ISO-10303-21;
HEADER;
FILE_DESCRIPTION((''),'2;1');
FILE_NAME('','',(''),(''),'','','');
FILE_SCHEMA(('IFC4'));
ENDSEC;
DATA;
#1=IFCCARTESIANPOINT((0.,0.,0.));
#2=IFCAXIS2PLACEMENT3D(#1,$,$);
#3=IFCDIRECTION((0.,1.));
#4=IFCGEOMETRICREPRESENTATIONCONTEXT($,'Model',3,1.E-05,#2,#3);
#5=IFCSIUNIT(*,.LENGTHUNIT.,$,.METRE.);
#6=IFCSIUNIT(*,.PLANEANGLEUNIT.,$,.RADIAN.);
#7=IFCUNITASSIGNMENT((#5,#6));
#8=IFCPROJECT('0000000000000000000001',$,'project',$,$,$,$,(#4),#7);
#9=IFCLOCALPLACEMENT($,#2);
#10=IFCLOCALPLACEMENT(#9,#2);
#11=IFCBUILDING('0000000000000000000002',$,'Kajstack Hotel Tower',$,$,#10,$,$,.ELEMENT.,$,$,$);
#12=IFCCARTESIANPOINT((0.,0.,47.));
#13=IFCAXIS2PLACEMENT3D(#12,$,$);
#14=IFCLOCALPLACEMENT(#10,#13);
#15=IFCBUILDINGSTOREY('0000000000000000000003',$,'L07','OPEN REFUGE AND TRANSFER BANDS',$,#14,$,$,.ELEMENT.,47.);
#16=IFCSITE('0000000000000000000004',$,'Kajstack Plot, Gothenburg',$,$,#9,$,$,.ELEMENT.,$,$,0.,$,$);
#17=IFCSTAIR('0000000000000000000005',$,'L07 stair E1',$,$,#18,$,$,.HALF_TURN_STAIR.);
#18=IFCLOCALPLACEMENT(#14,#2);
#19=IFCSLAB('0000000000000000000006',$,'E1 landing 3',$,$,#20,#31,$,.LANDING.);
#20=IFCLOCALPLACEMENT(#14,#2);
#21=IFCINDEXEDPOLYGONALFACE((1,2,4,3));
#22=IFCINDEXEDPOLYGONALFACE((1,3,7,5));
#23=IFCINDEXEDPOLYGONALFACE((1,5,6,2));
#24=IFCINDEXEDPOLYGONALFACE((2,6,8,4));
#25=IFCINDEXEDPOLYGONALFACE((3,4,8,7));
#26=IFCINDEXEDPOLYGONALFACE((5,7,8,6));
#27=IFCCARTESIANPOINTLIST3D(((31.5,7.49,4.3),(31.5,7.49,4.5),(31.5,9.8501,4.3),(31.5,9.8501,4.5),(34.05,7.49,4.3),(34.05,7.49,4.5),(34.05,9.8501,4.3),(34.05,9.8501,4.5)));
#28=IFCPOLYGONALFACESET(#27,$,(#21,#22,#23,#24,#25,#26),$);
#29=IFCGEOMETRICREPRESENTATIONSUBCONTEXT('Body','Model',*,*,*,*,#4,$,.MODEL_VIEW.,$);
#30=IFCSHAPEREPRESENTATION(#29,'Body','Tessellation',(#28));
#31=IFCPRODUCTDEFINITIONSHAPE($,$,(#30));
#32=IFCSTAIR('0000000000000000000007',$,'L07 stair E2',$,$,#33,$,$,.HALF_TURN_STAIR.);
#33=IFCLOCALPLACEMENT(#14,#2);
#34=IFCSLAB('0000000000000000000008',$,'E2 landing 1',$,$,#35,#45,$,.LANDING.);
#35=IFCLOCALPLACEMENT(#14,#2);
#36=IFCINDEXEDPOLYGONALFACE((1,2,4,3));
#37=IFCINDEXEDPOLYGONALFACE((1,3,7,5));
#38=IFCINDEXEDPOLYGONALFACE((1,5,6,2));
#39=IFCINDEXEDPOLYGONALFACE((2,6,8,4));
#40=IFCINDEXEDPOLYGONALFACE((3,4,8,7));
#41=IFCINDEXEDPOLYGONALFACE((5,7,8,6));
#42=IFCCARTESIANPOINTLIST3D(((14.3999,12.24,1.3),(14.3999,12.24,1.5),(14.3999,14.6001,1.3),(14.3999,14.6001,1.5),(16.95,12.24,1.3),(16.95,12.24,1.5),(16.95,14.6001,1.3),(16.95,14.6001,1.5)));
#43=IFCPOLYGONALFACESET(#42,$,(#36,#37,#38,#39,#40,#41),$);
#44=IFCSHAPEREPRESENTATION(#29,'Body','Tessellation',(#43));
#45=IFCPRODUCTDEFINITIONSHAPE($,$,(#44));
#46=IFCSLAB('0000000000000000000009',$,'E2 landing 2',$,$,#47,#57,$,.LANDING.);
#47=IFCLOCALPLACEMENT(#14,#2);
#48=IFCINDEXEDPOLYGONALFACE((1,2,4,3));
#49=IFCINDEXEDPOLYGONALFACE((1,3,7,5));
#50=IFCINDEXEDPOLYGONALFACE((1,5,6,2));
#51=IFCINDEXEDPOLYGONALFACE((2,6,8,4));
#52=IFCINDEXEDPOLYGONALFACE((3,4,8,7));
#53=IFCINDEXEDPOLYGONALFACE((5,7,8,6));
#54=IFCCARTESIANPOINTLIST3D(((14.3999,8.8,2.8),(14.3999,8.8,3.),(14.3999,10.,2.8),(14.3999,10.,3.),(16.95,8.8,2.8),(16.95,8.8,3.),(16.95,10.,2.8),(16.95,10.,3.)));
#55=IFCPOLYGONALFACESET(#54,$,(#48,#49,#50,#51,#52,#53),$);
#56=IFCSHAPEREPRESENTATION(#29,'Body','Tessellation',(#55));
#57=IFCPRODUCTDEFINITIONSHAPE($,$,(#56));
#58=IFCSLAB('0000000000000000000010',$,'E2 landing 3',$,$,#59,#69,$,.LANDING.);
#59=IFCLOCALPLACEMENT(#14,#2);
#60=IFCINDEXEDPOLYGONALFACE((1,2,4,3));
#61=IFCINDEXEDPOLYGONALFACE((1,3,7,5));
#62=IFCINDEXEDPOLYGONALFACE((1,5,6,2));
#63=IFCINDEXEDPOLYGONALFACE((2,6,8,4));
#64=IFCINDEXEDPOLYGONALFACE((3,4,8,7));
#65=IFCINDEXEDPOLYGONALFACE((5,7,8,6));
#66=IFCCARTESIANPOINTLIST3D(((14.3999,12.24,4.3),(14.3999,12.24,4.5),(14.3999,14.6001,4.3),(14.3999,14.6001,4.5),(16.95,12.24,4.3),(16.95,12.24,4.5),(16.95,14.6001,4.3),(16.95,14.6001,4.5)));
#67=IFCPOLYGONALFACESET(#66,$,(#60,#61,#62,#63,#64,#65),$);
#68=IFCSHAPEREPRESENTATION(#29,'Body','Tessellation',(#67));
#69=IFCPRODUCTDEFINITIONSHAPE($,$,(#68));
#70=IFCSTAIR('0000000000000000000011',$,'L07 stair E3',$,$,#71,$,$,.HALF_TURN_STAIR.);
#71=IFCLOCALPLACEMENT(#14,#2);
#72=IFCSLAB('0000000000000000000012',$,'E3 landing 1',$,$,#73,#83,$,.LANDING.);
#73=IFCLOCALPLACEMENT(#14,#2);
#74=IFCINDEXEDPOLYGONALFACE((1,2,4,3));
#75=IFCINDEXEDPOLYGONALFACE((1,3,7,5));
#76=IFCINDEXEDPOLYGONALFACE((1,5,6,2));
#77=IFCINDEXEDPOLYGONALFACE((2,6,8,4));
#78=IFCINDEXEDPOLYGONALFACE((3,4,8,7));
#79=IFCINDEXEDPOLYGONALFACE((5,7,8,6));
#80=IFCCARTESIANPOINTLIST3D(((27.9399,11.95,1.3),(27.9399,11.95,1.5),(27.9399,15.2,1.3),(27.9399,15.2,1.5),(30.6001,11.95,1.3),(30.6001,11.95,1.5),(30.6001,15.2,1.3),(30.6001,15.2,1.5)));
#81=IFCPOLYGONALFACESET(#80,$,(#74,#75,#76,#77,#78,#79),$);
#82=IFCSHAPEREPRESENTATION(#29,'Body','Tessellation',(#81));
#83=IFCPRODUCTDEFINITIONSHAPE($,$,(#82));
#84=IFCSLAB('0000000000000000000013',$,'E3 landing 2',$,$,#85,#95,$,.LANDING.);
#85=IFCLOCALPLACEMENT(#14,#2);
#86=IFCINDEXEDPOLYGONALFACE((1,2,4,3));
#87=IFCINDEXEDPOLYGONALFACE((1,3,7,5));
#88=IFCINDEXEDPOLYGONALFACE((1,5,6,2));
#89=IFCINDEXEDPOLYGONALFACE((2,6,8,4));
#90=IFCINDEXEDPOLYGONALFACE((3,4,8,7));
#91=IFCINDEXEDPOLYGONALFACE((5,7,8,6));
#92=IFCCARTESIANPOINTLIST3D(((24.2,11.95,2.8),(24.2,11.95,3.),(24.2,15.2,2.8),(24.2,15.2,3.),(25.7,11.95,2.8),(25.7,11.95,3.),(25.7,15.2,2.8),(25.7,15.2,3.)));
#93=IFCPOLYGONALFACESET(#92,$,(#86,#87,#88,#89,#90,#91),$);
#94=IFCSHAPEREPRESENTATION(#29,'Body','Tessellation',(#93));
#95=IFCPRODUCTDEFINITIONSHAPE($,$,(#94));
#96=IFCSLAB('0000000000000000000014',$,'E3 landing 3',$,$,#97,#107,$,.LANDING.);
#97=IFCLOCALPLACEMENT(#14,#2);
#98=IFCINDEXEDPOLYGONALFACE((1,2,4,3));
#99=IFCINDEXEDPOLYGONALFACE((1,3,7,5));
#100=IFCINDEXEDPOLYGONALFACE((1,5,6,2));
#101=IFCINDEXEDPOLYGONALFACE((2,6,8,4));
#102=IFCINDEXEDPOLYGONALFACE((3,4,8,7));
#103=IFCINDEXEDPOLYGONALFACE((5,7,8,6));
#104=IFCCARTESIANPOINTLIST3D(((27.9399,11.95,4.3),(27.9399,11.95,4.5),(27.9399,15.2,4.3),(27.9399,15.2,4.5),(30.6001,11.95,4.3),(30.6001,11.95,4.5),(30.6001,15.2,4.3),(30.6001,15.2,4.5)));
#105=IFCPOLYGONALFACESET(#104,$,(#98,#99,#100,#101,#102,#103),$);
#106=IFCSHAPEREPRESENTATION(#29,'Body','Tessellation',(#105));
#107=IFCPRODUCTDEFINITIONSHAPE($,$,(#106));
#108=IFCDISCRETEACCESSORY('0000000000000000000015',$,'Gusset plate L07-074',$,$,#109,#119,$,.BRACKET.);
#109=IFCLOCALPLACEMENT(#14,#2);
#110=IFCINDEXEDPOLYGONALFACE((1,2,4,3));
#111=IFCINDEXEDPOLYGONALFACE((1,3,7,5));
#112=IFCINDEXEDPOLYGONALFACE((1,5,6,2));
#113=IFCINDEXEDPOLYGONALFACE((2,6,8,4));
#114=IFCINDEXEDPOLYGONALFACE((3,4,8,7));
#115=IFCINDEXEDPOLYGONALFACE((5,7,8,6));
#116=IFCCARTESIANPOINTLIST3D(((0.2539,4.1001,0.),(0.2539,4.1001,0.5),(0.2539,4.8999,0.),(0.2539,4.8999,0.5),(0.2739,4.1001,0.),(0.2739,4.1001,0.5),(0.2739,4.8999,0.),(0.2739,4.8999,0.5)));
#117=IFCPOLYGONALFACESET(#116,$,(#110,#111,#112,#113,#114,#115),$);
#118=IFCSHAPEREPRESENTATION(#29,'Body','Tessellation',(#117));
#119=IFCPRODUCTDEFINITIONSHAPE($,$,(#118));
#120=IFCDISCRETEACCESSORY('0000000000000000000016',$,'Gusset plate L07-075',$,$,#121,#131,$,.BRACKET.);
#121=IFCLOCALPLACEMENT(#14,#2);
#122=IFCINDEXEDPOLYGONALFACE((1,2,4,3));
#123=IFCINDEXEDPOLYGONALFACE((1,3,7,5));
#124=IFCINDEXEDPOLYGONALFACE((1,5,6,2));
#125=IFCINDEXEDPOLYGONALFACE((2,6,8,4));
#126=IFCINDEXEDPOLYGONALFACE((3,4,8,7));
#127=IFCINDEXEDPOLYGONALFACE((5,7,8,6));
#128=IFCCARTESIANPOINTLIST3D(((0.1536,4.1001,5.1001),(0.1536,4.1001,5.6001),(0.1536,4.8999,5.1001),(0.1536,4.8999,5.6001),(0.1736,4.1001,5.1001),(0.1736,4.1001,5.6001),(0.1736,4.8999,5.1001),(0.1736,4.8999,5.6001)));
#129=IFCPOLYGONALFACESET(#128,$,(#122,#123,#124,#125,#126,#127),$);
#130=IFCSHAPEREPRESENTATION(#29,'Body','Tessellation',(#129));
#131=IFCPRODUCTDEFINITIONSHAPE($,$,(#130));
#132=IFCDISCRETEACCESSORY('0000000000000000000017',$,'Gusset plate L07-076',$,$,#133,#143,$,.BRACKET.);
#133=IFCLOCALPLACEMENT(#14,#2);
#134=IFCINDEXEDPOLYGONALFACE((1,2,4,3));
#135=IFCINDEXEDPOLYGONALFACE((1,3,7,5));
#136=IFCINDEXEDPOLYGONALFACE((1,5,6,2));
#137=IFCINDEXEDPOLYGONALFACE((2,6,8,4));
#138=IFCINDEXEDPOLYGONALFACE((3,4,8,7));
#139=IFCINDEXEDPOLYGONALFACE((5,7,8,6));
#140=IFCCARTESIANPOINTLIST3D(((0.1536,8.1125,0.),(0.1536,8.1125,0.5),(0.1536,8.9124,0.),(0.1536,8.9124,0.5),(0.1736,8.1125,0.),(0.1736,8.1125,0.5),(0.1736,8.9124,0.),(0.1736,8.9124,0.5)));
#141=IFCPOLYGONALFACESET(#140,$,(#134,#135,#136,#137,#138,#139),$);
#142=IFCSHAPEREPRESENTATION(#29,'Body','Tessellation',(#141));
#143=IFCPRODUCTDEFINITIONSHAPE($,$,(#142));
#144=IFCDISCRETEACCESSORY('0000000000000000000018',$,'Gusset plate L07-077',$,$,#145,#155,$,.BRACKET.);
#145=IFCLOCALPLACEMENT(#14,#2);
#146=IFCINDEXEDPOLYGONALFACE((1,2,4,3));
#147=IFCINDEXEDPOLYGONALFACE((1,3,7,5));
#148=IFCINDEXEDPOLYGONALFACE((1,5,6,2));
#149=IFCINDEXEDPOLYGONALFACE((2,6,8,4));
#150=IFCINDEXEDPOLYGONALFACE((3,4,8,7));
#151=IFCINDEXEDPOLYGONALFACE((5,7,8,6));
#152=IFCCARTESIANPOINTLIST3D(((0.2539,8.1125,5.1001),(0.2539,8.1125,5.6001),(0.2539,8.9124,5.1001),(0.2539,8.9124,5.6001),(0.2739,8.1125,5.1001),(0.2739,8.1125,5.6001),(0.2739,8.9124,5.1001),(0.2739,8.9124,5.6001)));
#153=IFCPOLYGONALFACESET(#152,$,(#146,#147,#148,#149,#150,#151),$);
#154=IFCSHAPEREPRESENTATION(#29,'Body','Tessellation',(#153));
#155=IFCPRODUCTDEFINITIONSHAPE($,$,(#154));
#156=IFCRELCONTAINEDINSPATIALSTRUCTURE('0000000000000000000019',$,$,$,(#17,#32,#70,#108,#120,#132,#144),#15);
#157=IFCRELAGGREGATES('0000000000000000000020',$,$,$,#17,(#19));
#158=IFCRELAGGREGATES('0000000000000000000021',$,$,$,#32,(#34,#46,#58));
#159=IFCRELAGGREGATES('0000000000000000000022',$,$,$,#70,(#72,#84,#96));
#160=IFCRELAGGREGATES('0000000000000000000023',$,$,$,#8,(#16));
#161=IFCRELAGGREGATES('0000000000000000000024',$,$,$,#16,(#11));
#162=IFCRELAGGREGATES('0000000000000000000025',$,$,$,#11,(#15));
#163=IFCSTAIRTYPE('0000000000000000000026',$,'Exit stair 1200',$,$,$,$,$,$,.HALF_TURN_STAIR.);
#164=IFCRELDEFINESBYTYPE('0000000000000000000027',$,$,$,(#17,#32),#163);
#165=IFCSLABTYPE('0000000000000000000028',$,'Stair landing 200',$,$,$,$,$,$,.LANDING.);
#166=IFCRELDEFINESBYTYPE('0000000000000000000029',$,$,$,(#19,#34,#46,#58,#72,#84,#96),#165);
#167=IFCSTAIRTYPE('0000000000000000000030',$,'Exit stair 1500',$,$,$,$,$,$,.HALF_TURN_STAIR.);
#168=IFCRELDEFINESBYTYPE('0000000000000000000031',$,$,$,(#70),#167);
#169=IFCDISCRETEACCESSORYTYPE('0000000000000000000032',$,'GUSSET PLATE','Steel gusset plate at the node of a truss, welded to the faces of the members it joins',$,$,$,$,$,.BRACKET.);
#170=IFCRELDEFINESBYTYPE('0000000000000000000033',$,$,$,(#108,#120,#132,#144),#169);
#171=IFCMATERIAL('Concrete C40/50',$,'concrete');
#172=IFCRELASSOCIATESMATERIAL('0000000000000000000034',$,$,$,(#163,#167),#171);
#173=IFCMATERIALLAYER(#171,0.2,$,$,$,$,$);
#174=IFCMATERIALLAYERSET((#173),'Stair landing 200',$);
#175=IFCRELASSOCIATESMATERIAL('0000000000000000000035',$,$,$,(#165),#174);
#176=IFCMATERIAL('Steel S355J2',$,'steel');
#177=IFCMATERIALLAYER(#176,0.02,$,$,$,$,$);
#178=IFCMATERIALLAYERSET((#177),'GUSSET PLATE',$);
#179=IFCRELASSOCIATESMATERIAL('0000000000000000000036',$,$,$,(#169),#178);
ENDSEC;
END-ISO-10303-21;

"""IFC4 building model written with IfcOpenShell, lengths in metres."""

from ifc_helpers import new_model, si_unit, direction, frame, origin, place, context, subcontext, project, spatial, polyline, outline, extrude, material, layer, layer_set, type_object, element, aggregate, save


model = new_model("IFC4")

# Units and contexts
model_context = context("Model", 3, precision=1e-05, world=origin(), true_north=direction((0.0, 1.0)))
body_context = subcontext(model_context, "Body", "Model", "MODEL_VIEW")
ifc_project = project(units=[si_unit("LENGTHUNIT", "METRE"), si_unit("PLANEANGLEUNIT", "RADIAN")], contexts=[model_context])

# Site, building, storey
site_placement = place(None, origin())
site = spatial("IfcSite", under=ifc_project, at=site_placement, Name="Kajstack Plot, Gothenburg", CompositionType="ELEMENT", RefElevation=0.0)
building_placement = place(site_placement, origin())
building = spatial("IfcBuilding", under=site, at=building_placement, Name="Kajstack Hotel Tower", CompositionType="ELEMENT")
storey_placement = place(building_placement, frame((0.0, 0.0, 47.0)))
storey = spatial("IfcBuildingStorey", under=building, at=storey_placement, Name="L07", Description="OPEN REFUGE AND TRANSFER BANDS", CompositionType="ELEMENT", Elevation=47.0)

# Shared definitions
ifc_material_1 = material(Name="Steel S355J2", Category="steel")

# Stairs, slabs
ifc_material_2 = material(Name="Concrete C40/50", Category="concrete")
stair_type_1 = type_object("IfcStairType", Name="Exit stair 1200", PredefinedType="HALF_TURN_STAIR", material=ifc_material_2)
ifc_layer_1 = layer(ifc_material_2, 0.2)
ifc_layer_set_1 = layer_set([ifc_layer_1], Name="Stair landing 200")
slab_type = type_object("IfcSlabType", Name="Stair landing 200", PredefinedType="LANDING", material=ifc_layer_set_1)
stair_type_2 = type_object("IfcStairType", Name="Exit stair 1500", PredefinedType="HALF_TURN_STAIR", material=ifc_material_2)
stair_1_placement = place(storey_placement, origin())
stair_1 = element("IfcStair", 1, at=stair_1_placement, inside=storey, type_object=stair_type_1, Name="L07 stair E1", PredefinedType="HALF_TURN_STAIR")
slab_1_placement = place(storey_placement, frame((0.0, 0.0, 4.3)))
slab_1 = element("IfcSlab", 2, at=slab_1_placement, type_object=slab_type, Name="E1 landing 3", PredefinedType="LANDING", context=body_context, shape_type="SweptSolid", body=[
    extrude(outline(polyline([(34.05, 7.49), (34.05, 9.8501), (31.5, 9.8501), (31.5, 7.49), (34.05, 7.49)])), origin(), (0.0, 0.0, 1.0), 0.2),
])
aggregate(stair_1, [slab_1])
stair_2_placement = place(storey_placement, origin())
stair_2 = element("IfcStair", 3, at=stair_2_placement, inside=storey, type_object=stair_type_1, Name="L07 stair E2", PredefinedType="HALF_TURN_STAIR")
slab_2_placement = place(storey_placement, frame((0.0, 0.0, 1.3)))
slab_2 = element("IfcSlab", 4, at=slab_2_placement, type_object=slab_type, Name="E2 landing 1", PredefinedType="LANDING", context=body_context, shape_type="SweptSolid", body=[
    extrude(outline(polyline([(16.95, 12.24), (16.95, 14.6001), (14.3999, 14.6001), (14.3999, 12.24), (16.95, 12.24)])), origin(), (0.0, 0.0, 1.0), 0.2),
])
slab_3_placement = place(storey_placement, frame((0.0, 0.0, 2.8)))
slab_3 = element("IfcSlab", 5, at=slab_3_placement, type_object=slab_type, Name="E2 landing 2", PredefinedType="LANDING", context=body_context, shape_type="SweptSolid", body=[
    extrude(outline(polyline([(16.95, 8.8), (16.95, 10.0), (14.3999, 10.0), (14.3999, 8.8), (16.95, 8.8)])), origin(), (0.0, 0.0, 1.0), 0.2),
])
slab_4_placement = place(storey_placement, frame((0.0, 0.0, 4.3)))
slab_4 = element("IfcSlab", 6, at=slab_4_placement, type_object=slab_type, Name="E2 landing 3", PredefinedType="LANDING", context=body_context, shape_type="SweptSolid", body=[
    extrude(outline(polyline([(16.95, 12.24), (16.95, 14.6001), (14.3999, 14.6001), (14.3999, 12.24), (16.95, 12.24)])), origin(), (0.0, 0.0, 1.0), 0.2),
])
aggregate(stair_2, [slab_2, slab_3, slab_4])
stair_3_placement = place(storey_placement, origin())
stair_3 = element("IfcStair", 7, at=stair_3_placement, inside=storey, type_object=stair_type_2, Name="L07 stair E3", PredefinedType="HALF_TURN_STAIR")
slab_5_placement = place(storey_placement, frame((0.0, 0.0, 1.3)))
slab_5 = element("IfcSlab", 8, at=slab_5_placement, type_object=slab_type, Name="E3 landing 1", PredefinedType="LANDING", context=body_context, shape_type="SweptSolid", body=[
    extrude(outline(polyline([(27.9399, 11.95), (30.6001, 11.95), (30.6001, 15.2), (27.9399, 15.2), (27.9399, 11.95)])), origin(), (0.0, 0.0, 1.0), 0.2),
])
slab_6_placement = place(storey_placement, frame((0.0, 0.0, 2.8)))
slab_6 = element("IfcSlab", 9, at=slab_6_placement, type_object=slab_type, Name="E3 landing 2", PredefinedType="LANDING", context=body_context, shape_type="SweptSolid", body=[
    extrude(outline(polyline([(24.2, 11.95), (25.7, 11.95), (25.7, 15.2), (24.2, 15.2), (24.2, 11.95)])), origin(), (0.0, 0.0, 1.0), 0.2),
])
slab_7_placement = place(storey_placement, frame((0.0, 0.0, 4.3)))
slab_7 = element("IfcSlab", 10, at=slab_7_placement, type_object=slab_type, Name="E3 landing 3", PredefinedType="LANDING", context=body_context, shape_type="SweptSolid", body=[
    extrude(outline(polyline([(27.9399, 11.95), (30.6001, 11.95), (30.6001, 15.2), (27.9399, 15.2), (27.9399, 11.95)])), origin(), (0.0, 0.0, 1.0), 0.2),
])
aggregate(stair_3, [slab_5, slab_6, slab_7])

# Discrete accessories
ifc_layer_2 = layer(ifc_material_1, 0.02)
ifc_layer_set_2 = layer_set([ifc_layer_2], Name="GUSSET PLATE")
discrete_accessory_type = type_object("IfcDiscreteAccessoryType", Name="GUSSET PLATE", Description="Steel gusset plate at the node of a truss, welded to the faces of the members it joins", PredefinedType="BRACKET", material=ifc_layer_set_2)
for number, where, z_axis, x_axis, name in (
    (11, (0.2539, 4.5, 0.0), (1.0, 0.0, 0.0), (0.0, 1.0, 0.0), "Gusset plate L07-074"),
    (12, (0.1536, 4.5, 5.1001), (1.0, 0.0, 0.0), (0.0, 1.0, 0.0), "Gusset plate L07-075"),
    (13, (0.1536, 8.5125, 0.0), (1.0, 0.0, 0.0), (0.0, 1.0, 0.0), "Gusset plate L07-076"),
    (14, (0.2539, 8.5125, 5.1001), (1.0, 0.0, 0.0), (0.0, 1.0, 0.0), "Gusset plate L07-077"),
):
    element("IfcDiscreteAccessory", number, at=place(storey_placement, frame(where, z_axis=z_axis, x_axis=x_axis)), inside=storey, type_object=discrete_accessory_type, Name=name, PredefinedType="BRACKET", context=body_context, shape_type="SweptSolid", body=[
        extrude(outline(polyline([(-0.3999, 0.0), (0.3999, 0.0), (0.3999, 0.5), (-0.3999, 0.5), (-0.3999, 0.0)])), origin(), (0.0, 0.0, 1.0), 0.02),
    ])

save(model, "model.ifc")
